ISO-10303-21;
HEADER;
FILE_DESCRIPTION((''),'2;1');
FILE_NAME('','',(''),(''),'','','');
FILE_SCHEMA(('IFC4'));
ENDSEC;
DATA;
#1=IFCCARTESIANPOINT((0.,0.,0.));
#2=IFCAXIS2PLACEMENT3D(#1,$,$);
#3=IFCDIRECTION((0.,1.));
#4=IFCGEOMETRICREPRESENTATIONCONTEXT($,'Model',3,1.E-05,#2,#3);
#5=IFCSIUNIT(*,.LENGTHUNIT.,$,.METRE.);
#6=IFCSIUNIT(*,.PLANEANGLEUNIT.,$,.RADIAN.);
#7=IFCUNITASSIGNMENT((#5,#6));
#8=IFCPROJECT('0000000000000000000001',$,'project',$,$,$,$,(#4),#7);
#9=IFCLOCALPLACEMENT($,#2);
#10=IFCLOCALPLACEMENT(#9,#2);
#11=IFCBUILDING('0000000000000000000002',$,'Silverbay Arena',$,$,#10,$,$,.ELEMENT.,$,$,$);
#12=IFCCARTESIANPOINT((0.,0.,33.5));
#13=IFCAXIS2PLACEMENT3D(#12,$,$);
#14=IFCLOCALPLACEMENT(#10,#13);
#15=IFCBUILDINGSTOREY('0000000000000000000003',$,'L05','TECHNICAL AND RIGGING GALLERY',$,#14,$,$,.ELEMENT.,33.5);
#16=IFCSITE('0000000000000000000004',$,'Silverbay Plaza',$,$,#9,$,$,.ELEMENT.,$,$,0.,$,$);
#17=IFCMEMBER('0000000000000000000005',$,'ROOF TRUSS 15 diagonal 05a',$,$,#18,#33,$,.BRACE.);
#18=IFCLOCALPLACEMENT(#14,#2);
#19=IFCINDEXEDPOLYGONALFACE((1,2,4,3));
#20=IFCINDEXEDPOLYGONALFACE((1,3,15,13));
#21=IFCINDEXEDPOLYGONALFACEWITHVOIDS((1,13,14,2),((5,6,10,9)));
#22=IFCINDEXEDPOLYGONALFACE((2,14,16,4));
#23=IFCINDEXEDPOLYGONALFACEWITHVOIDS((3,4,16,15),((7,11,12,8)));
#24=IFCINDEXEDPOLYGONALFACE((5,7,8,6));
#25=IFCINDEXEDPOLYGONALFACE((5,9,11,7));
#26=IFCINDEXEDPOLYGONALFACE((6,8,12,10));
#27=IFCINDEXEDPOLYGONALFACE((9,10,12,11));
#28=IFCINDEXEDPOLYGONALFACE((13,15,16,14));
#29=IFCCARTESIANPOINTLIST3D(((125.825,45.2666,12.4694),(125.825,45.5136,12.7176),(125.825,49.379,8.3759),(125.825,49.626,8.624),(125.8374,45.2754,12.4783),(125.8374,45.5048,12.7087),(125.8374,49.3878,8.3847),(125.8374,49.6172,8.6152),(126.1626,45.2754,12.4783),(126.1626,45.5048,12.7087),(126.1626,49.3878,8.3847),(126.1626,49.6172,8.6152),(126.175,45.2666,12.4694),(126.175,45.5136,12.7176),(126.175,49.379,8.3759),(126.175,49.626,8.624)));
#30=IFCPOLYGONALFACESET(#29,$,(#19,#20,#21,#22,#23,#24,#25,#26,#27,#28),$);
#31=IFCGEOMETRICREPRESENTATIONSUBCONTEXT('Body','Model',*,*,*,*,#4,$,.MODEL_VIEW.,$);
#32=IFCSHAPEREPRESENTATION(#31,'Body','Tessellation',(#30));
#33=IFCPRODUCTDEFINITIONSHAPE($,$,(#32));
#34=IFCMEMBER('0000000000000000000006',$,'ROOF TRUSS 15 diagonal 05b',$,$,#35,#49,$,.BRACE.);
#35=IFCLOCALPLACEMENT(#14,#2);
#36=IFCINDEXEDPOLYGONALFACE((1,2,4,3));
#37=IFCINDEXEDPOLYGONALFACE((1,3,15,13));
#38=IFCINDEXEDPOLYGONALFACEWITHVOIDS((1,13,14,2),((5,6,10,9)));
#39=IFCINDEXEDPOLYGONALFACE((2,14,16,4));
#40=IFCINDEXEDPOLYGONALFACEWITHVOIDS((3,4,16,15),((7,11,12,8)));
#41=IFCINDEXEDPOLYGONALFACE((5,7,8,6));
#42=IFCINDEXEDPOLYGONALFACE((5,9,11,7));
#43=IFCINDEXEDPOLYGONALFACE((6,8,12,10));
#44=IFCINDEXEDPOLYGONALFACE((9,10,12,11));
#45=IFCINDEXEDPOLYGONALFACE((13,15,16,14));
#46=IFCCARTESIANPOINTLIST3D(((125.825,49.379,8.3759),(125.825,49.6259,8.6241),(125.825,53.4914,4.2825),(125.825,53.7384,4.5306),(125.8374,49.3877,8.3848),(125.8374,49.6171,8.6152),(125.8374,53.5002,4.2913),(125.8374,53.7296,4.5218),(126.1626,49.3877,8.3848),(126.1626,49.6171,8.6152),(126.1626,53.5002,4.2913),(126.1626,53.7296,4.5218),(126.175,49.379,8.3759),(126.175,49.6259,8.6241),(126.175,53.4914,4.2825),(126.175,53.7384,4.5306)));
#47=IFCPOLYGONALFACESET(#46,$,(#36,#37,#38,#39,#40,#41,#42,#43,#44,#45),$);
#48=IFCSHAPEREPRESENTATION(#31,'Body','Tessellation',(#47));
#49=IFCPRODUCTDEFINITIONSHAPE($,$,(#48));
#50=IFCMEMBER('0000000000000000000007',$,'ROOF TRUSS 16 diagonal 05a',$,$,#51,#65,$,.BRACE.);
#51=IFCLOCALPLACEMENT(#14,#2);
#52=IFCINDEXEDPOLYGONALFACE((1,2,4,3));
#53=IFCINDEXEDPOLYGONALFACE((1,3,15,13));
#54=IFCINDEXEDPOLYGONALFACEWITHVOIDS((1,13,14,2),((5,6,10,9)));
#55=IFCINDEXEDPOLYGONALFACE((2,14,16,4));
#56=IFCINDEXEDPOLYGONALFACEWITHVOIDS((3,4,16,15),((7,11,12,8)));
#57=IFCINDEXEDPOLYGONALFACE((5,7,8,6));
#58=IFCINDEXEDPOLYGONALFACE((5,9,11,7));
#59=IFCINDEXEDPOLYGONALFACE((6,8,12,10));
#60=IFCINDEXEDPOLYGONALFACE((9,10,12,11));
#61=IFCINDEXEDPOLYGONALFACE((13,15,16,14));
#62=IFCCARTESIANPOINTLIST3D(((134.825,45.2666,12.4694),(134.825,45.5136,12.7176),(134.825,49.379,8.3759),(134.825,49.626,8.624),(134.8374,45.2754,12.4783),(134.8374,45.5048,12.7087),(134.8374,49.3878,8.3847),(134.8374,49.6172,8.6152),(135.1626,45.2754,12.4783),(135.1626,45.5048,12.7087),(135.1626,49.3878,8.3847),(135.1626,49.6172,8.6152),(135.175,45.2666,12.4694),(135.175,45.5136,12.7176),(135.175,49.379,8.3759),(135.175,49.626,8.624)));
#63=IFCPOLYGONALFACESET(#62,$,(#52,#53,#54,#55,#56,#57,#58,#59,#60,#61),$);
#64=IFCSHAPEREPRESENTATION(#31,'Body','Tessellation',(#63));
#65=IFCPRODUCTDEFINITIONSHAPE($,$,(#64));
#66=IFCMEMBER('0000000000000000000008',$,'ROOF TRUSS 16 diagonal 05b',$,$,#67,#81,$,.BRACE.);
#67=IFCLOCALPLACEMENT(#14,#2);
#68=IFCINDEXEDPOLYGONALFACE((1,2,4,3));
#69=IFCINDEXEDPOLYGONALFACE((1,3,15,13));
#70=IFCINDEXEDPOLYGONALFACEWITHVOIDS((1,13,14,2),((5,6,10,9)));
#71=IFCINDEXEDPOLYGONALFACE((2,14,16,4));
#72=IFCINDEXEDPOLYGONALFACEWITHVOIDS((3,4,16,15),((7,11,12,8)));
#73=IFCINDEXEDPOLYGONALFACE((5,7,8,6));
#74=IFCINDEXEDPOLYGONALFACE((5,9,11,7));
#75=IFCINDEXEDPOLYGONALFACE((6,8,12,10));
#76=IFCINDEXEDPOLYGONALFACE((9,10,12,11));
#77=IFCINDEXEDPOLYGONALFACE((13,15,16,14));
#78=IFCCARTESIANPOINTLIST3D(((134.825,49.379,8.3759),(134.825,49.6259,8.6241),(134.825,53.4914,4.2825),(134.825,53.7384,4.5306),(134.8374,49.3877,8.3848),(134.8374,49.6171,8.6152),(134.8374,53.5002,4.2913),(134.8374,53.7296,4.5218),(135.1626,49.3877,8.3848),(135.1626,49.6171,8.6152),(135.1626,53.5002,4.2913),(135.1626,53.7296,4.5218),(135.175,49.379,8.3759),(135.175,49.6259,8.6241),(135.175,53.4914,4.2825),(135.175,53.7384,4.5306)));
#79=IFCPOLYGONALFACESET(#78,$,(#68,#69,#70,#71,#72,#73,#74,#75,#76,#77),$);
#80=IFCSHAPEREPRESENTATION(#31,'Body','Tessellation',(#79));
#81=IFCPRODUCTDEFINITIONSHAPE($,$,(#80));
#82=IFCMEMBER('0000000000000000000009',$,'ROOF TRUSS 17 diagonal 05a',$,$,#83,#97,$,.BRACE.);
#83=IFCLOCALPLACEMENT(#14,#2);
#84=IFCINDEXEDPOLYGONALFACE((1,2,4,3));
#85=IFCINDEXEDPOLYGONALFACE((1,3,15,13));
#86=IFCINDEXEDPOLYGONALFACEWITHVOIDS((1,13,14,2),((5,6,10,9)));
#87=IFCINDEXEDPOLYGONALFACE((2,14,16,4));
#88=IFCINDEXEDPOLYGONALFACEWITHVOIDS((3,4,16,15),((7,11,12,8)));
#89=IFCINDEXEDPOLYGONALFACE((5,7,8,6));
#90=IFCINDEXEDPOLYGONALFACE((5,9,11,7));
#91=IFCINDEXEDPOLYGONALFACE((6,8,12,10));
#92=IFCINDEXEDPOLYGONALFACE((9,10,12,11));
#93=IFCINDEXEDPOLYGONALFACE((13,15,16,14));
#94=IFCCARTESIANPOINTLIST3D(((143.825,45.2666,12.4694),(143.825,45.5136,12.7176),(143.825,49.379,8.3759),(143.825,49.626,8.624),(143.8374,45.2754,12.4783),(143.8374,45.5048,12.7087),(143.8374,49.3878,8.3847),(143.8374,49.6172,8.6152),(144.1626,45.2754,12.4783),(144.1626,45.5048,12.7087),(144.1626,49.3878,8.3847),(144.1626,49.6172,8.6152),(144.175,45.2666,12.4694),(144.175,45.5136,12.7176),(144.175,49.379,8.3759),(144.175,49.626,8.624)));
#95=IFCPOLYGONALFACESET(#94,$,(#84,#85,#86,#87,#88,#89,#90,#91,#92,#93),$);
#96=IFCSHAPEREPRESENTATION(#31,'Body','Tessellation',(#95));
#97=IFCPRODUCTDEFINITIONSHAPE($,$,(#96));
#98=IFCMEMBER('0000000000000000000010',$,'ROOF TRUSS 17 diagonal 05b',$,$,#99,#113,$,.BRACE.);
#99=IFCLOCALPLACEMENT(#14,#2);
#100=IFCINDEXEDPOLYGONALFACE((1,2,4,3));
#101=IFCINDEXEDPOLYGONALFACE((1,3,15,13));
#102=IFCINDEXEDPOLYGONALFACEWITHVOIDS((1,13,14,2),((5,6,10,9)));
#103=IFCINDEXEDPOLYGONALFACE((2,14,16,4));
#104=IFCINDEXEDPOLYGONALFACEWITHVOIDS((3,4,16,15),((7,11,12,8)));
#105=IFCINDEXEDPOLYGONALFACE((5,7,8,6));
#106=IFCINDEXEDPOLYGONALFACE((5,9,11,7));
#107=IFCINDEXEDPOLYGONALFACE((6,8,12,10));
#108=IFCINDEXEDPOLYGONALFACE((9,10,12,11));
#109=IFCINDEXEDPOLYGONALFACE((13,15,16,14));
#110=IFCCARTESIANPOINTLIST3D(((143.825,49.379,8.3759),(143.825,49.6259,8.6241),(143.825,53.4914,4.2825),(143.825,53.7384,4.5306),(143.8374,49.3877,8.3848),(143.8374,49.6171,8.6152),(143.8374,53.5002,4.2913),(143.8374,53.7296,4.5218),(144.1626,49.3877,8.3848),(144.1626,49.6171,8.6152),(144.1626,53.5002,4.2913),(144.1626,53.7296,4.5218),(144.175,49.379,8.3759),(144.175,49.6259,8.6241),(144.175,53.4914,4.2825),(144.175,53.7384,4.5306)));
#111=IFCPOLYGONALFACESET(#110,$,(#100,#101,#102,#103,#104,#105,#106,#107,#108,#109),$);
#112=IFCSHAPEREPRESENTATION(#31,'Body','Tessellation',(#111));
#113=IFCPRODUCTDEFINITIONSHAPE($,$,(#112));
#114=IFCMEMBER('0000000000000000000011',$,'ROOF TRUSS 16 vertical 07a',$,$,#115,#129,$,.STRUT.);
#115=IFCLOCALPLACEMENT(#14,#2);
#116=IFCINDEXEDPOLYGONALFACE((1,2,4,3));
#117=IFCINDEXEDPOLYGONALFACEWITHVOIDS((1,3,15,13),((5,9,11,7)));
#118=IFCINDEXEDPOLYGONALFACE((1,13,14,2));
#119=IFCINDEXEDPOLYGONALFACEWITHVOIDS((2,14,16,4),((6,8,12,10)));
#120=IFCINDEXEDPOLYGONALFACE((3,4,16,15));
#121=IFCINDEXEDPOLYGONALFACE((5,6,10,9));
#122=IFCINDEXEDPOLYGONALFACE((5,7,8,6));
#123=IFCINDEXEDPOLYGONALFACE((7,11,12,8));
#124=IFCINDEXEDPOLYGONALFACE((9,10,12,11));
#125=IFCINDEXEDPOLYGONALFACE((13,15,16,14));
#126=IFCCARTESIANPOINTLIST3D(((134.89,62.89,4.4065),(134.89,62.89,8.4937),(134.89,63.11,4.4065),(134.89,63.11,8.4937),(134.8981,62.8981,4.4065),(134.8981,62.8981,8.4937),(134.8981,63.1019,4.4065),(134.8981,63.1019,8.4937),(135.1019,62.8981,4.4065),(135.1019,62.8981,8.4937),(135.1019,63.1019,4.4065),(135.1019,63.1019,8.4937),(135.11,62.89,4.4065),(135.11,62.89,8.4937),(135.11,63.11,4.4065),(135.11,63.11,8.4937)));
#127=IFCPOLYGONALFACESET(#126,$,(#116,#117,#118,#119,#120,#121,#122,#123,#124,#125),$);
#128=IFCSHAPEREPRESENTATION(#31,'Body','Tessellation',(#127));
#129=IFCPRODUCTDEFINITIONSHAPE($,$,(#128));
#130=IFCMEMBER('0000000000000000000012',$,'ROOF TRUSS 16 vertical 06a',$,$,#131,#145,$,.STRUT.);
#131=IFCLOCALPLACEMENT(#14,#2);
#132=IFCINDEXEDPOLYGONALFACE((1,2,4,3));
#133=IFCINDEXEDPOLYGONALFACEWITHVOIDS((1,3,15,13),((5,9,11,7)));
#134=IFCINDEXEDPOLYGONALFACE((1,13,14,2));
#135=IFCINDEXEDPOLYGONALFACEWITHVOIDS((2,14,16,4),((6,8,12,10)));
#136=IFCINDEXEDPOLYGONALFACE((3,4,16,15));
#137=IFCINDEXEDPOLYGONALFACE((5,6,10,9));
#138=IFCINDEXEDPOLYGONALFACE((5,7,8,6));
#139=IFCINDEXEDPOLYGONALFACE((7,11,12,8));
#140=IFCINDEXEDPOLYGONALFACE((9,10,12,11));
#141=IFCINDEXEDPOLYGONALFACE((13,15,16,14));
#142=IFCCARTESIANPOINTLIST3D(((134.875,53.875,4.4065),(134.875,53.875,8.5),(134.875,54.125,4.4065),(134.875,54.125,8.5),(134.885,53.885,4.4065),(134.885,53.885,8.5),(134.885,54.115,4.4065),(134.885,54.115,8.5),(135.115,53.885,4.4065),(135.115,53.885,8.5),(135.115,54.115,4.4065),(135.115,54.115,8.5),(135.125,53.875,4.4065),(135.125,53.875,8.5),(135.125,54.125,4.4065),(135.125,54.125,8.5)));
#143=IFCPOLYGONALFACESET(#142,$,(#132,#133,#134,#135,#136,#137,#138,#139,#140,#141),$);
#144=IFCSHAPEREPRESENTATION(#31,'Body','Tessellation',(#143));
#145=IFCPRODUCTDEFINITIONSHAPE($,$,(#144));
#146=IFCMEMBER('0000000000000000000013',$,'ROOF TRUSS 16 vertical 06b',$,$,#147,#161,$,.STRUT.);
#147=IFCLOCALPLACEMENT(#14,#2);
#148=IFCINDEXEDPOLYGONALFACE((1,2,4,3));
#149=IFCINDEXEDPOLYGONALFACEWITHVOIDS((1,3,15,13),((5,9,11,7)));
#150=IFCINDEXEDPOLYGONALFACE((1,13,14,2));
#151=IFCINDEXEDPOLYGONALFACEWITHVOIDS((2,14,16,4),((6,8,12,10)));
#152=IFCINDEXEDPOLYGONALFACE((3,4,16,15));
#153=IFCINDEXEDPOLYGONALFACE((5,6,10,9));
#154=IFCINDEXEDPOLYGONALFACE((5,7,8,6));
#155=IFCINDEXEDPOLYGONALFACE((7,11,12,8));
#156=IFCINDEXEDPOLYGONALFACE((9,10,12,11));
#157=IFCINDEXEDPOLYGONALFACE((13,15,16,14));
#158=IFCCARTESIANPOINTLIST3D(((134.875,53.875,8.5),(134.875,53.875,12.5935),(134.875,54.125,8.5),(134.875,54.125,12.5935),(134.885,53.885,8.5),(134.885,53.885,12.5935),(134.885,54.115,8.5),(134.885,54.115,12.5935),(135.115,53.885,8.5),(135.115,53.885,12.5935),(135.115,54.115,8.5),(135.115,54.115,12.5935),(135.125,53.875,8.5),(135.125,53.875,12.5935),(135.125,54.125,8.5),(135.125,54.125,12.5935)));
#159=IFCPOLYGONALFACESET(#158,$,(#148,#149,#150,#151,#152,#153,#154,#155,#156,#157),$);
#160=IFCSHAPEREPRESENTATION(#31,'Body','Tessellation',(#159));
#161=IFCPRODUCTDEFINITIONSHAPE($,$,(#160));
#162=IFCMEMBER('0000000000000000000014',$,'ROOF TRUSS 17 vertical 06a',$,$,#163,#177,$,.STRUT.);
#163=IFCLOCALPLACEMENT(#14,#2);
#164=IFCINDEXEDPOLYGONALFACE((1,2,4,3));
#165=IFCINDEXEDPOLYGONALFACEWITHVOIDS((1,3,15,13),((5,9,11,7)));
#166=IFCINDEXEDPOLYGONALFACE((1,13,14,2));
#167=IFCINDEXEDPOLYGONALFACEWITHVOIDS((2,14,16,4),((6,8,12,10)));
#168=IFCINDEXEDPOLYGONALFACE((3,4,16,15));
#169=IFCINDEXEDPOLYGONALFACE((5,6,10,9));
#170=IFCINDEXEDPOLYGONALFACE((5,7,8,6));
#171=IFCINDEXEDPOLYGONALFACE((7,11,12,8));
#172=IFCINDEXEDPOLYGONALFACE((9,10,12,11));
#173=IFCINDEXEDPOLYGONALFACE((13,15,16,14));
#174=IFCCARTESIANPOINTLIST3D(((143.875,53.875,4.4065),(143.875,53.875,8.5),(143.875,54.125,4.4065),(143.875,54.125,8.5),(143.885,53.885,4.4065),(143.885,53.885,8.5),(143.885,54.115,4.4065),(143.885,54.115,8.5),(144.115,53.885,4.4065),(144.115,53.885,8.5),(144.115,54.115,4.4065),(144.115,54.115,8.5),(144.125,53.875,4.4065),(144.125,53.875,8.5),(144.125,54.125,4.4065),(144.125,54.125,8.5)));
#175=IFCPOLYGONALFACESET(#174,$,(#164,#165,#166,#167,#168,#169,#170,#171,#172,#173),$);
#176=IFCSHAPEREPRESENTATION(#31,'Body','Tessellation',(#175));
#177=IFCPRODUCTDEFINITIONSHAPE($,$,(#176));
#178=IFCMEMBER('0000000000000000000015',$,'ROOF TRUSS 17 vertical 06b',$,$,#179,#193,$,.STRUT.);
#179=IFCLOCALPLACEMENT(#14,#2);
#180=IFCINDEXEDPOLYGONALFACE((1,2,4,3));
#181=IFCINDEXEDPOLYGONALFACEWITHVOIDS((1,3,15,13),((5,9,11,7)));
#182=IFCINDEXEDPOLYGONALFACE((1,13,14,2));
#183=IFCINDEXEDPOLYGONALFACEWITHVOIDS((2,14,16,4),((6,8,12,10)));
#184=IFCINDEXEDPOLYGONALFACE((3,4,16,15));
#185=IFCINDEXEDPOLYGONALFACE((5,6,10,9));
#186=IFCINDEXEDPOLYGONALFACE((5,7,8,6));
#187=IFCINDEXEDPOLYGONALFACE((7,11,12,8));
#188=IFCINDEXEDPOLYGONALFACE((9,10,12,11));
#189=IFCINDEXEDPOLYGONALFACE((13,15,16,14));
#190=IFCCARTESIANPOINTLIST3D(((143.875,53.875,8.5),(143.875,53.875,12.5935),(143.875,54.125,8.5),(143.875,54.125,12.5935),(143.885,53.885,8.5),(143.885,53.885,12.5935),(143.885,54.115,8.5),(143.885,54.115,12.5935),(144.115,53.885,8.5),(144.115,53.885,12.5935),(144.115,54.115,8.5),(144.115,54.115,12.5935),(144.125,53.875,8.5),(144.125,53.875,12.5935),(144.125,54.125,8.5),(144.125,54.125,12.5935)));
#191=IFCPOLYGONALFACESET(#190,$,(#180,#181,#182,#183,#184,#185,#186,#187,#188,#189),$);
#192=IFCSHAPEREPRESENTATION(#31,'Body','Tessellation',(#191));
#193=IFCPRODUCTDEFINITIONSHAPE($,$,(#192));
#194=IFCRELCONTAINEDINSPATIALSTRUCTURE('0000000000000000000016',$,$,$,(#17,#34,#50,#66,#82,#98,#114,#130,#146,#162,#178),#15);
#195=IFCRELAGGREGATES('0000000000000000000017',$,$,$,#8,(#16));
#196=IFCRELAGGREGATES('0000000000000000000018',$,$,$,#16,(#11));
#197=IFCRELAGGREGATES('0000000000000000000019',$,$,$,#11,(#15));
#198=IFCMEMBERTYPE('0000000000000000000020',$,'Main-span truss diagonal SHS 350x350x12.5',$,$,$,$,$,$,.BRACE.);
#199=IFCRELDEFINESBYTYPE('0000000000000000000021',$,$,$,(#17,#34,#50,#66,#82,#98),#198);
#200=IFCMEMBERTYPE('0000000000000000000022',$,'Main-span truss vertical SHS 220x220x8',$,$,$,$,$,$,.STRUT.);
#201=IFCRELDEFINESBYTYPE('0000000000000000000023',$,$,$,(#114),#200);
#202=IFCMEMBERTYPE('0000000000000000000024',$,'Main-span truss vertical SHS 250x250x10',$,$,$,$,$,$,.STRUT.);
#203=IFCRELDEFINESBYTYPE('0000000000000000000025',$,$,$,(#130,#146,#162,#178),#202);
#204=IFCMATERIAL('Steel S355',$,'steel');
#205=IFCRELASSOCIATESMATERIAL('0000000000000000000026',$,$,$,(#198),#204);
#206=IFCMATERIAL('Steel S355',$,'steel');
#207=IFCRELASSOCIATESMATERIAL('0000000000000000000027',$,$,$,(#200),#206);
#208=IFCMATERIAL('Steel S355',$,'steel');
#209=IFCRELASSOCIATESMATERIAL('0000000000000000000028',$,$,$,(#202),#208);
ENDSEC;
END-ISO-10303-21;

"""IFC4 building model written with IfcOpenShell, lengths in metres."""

from ifc_helpers import new_model, si_unit, direction, frame, origin, origin_2d, place, context, subcontext, project, spatial, hollow_rectangle, extrude, material, material_profile, profile_set, type_object, element, save


model = new_model("IFC4")

# Units and contexts
model_context = context("Model", 3, precision=1e-05, world=origin(), true_north=direction((0.0, 1.0)))
body_context = subcontext(model_context, "Body", "Model", "MODEL_VIEW")
ifc_project = project(units=[si_unit("LENGTHUNIT", "METRE"), si_unit("PLANEANGLEUNIT", "RADIAN")], contexts=[model_context])

# Site, building, storey
site_placement = place(None, origin())
site = spatial("IfcSite", under=ifc_project, at=site_placement, Name="Silverbay Plaza", CompositionType="ELEMENT", RefElevation=0.0)
building_placement = place(site_placement, origin())
building = spatial("IfcBuilding", under=site, at=building_placement, Name="Silverbay Arena", CompositionType="ELEMENT")
storey_placement = place(building_placement, frame((0.0, 0.0, 33.5)))
storey = spatial("IfcBuildingStorey", under=building, at=storey_placement, Name="L05", Description="TECHNICAL AND RIGGING GALLERY", CompositionType="ELEMENT", Elevation=33.5)

# Members
ifc_material_1 = material(Name="Steel S355", Category="steel")
ifc_material_profile_1 = material_profile(ifc_material_1, hollow_rectangle(XDim=0.3501, YDim=0.3501, WallThickness=0.0125, at=origin_2d()), Name="SHS 350x350x12.5")
ifc_profile_set_1 = profile_set([ifc_material_profile_1], Name="Steel S355")
member_type_1 = type_object("IfcMemberType", Name="Main-span truss diagonal SHS 350x350x12.5", PredefinedType="BRACE", material=ifc_profile_set_1)
for number, where, z_axis, x_axis, name in (
    (1, (126.0, 45.3901, 12.5935), (0.0, 0.708725, -0.705485), (-1.0, 0.0, 0.0), "ROOF TRUSS 15 diagonal 05a"),
    (2, (126.0, 49.5024, 8.5), (0.0, 0.708746, -0.705464), (-1.0, 0.0, 0.0), "ROOF TRUSS 15 diagonal 05b"),
    (3, (135.0, 45.3901, 12.5935), (0.0, 0.708725, -0.705485), (-1.0, 0.0, 0.0), "ROOF TRUSS 16 diagonal 05a"),
    (4, (135.0, 49.5024, 8.5), (0.0, 0.708746, -0.705464), (-1.0, 0.0, 0.0), "ROOF TRUSS 16 diagonal 05b"),
    (5, (144.0, 45.3901, 12.5935), (0.0, 0.708725, -0.705485), (-1.0, 0.0, 0.0), "ROOF TRUSS 17 diagonal 05a"),
    (6, (144.0, 49.5024, 8.5), (0.0, 0.708746, -0.705464), (-1.0, 0.0, 0.0), "ROOF TRUSS 17 diagonal 05b"),
):
    element("IfcMember", number, at=place(storey_placement, frame(where, z_axis=z_axis, x_axis=x_axis)), inside=storey, type_object=member_type_1, Name=name, PredefinedType="BRACE", context=body_context, shape_type="SweptSolid", body=[
        extrude(hollow_rectangle(XDim=0.3501, YDim=0.3501, WallThickness=0.0125, at=origin_2d()), origin(), (0.0, 0.0, 1.0), 5.8025),
    ])
ifc_material_2 = material(Name="Steel S355", Category="steel")
ifc_material_profile_2 = material_profile(ifc_material_2, hollow_rectangle(XDim=0.22, YDim=0.22, WallThickness=0.0081, at=origin_2d()), Name="SHS 220x220x8")
ifc_profile_set_2 = profile_set([ifc_material_profile_2], Name="Steel S355")
member_type_2 = type_object("IfcMemberType", Name="Main-span truss vertical SHS 220x220x8", PredefinedType="STRUT", material=ifc_profile_set_2)
member_1_placement = place(storey_placement, frame((135.0, 63.0, 4.4065), z_axis=(0.0, 0.0, 1.0), x_axis=(1.0, 0.0, 0.0)))
element("IfcMember", 7, at=member_1_placement, inside=storey, type_object=member_type_2, Name="ROOF TRUSS 16 vertical 07a", PredefinedType="STRUT", context=body_context, shape_type="SweptSolid", body=[
    extrude(hollow_rectangle(XDim=0.22, YDim=0.22, WallThickness=0.0081, at=origin_2d()), origin(), (0.0, 0.0, 1.0), 4.0872),
])
ifc_material_3 = material(Name="Steel S355", Category="steel")
ifc_material_profile_3 = material_profile(ifc_material_3, hollow_rectangle(XDim=0.25, YDim=0.25, WallThickness=0.01, at=origin_2d()), Name="SHS 250x250x10")
ifc_profile_set_3 = profile_set([ifc_material_profile_3], Name="Steel S355")
member_type_3 = type_object("IfcMemberType", Name="Main-span truss vertical SHS 250x250x10", PredefinedType="STRUT", material=ifc_profile_set_3)
for number, where, z_axis, x_axis, name in (
    (8, (135.0, 54.0, 4.4065), (0.0, 0.0, 1.0), (1.0, 0.0, 0.0), "ROOF TRUSS 16 vertical 06a"),
    (9, (135.0, 54.0, 8.5), (0.0, 0.0, 1.0), (1.0, 0.0, 0.0), "ROOF TRUSS 16 vertical 06b"),
    (10, (144.0, 54.0, 4.4065), (0.0, 0.0, 1.0), (1.0, 0.0, 0.0), "ROOF TRUSS 17 vertical 06a"),
    (11, (144.0, 54.0, 8.5), (0.0, 0.0, 1.0), (1.0, 0.0, 0.0), "ROOF TRUSS 17 vertical 06b"),
):
    element("IfcMember", number, at=place(storey_placement, frame(where, z_axis=z_axis, x_axis=x_axis)), inside=storey, type_object=member_type_3, Name=name, PredefinedType="STRUT", context=body_context, shape_type="SweptSolid", body=[
        extrude(hollow_rectangle(XDim=0.25, YDim=0.25, WallThickness=0.01, at=origin_2d()), origin(), (0.0, 0.0, 1.0), 4.0935),
    ])

save(model, "model.ifc")
